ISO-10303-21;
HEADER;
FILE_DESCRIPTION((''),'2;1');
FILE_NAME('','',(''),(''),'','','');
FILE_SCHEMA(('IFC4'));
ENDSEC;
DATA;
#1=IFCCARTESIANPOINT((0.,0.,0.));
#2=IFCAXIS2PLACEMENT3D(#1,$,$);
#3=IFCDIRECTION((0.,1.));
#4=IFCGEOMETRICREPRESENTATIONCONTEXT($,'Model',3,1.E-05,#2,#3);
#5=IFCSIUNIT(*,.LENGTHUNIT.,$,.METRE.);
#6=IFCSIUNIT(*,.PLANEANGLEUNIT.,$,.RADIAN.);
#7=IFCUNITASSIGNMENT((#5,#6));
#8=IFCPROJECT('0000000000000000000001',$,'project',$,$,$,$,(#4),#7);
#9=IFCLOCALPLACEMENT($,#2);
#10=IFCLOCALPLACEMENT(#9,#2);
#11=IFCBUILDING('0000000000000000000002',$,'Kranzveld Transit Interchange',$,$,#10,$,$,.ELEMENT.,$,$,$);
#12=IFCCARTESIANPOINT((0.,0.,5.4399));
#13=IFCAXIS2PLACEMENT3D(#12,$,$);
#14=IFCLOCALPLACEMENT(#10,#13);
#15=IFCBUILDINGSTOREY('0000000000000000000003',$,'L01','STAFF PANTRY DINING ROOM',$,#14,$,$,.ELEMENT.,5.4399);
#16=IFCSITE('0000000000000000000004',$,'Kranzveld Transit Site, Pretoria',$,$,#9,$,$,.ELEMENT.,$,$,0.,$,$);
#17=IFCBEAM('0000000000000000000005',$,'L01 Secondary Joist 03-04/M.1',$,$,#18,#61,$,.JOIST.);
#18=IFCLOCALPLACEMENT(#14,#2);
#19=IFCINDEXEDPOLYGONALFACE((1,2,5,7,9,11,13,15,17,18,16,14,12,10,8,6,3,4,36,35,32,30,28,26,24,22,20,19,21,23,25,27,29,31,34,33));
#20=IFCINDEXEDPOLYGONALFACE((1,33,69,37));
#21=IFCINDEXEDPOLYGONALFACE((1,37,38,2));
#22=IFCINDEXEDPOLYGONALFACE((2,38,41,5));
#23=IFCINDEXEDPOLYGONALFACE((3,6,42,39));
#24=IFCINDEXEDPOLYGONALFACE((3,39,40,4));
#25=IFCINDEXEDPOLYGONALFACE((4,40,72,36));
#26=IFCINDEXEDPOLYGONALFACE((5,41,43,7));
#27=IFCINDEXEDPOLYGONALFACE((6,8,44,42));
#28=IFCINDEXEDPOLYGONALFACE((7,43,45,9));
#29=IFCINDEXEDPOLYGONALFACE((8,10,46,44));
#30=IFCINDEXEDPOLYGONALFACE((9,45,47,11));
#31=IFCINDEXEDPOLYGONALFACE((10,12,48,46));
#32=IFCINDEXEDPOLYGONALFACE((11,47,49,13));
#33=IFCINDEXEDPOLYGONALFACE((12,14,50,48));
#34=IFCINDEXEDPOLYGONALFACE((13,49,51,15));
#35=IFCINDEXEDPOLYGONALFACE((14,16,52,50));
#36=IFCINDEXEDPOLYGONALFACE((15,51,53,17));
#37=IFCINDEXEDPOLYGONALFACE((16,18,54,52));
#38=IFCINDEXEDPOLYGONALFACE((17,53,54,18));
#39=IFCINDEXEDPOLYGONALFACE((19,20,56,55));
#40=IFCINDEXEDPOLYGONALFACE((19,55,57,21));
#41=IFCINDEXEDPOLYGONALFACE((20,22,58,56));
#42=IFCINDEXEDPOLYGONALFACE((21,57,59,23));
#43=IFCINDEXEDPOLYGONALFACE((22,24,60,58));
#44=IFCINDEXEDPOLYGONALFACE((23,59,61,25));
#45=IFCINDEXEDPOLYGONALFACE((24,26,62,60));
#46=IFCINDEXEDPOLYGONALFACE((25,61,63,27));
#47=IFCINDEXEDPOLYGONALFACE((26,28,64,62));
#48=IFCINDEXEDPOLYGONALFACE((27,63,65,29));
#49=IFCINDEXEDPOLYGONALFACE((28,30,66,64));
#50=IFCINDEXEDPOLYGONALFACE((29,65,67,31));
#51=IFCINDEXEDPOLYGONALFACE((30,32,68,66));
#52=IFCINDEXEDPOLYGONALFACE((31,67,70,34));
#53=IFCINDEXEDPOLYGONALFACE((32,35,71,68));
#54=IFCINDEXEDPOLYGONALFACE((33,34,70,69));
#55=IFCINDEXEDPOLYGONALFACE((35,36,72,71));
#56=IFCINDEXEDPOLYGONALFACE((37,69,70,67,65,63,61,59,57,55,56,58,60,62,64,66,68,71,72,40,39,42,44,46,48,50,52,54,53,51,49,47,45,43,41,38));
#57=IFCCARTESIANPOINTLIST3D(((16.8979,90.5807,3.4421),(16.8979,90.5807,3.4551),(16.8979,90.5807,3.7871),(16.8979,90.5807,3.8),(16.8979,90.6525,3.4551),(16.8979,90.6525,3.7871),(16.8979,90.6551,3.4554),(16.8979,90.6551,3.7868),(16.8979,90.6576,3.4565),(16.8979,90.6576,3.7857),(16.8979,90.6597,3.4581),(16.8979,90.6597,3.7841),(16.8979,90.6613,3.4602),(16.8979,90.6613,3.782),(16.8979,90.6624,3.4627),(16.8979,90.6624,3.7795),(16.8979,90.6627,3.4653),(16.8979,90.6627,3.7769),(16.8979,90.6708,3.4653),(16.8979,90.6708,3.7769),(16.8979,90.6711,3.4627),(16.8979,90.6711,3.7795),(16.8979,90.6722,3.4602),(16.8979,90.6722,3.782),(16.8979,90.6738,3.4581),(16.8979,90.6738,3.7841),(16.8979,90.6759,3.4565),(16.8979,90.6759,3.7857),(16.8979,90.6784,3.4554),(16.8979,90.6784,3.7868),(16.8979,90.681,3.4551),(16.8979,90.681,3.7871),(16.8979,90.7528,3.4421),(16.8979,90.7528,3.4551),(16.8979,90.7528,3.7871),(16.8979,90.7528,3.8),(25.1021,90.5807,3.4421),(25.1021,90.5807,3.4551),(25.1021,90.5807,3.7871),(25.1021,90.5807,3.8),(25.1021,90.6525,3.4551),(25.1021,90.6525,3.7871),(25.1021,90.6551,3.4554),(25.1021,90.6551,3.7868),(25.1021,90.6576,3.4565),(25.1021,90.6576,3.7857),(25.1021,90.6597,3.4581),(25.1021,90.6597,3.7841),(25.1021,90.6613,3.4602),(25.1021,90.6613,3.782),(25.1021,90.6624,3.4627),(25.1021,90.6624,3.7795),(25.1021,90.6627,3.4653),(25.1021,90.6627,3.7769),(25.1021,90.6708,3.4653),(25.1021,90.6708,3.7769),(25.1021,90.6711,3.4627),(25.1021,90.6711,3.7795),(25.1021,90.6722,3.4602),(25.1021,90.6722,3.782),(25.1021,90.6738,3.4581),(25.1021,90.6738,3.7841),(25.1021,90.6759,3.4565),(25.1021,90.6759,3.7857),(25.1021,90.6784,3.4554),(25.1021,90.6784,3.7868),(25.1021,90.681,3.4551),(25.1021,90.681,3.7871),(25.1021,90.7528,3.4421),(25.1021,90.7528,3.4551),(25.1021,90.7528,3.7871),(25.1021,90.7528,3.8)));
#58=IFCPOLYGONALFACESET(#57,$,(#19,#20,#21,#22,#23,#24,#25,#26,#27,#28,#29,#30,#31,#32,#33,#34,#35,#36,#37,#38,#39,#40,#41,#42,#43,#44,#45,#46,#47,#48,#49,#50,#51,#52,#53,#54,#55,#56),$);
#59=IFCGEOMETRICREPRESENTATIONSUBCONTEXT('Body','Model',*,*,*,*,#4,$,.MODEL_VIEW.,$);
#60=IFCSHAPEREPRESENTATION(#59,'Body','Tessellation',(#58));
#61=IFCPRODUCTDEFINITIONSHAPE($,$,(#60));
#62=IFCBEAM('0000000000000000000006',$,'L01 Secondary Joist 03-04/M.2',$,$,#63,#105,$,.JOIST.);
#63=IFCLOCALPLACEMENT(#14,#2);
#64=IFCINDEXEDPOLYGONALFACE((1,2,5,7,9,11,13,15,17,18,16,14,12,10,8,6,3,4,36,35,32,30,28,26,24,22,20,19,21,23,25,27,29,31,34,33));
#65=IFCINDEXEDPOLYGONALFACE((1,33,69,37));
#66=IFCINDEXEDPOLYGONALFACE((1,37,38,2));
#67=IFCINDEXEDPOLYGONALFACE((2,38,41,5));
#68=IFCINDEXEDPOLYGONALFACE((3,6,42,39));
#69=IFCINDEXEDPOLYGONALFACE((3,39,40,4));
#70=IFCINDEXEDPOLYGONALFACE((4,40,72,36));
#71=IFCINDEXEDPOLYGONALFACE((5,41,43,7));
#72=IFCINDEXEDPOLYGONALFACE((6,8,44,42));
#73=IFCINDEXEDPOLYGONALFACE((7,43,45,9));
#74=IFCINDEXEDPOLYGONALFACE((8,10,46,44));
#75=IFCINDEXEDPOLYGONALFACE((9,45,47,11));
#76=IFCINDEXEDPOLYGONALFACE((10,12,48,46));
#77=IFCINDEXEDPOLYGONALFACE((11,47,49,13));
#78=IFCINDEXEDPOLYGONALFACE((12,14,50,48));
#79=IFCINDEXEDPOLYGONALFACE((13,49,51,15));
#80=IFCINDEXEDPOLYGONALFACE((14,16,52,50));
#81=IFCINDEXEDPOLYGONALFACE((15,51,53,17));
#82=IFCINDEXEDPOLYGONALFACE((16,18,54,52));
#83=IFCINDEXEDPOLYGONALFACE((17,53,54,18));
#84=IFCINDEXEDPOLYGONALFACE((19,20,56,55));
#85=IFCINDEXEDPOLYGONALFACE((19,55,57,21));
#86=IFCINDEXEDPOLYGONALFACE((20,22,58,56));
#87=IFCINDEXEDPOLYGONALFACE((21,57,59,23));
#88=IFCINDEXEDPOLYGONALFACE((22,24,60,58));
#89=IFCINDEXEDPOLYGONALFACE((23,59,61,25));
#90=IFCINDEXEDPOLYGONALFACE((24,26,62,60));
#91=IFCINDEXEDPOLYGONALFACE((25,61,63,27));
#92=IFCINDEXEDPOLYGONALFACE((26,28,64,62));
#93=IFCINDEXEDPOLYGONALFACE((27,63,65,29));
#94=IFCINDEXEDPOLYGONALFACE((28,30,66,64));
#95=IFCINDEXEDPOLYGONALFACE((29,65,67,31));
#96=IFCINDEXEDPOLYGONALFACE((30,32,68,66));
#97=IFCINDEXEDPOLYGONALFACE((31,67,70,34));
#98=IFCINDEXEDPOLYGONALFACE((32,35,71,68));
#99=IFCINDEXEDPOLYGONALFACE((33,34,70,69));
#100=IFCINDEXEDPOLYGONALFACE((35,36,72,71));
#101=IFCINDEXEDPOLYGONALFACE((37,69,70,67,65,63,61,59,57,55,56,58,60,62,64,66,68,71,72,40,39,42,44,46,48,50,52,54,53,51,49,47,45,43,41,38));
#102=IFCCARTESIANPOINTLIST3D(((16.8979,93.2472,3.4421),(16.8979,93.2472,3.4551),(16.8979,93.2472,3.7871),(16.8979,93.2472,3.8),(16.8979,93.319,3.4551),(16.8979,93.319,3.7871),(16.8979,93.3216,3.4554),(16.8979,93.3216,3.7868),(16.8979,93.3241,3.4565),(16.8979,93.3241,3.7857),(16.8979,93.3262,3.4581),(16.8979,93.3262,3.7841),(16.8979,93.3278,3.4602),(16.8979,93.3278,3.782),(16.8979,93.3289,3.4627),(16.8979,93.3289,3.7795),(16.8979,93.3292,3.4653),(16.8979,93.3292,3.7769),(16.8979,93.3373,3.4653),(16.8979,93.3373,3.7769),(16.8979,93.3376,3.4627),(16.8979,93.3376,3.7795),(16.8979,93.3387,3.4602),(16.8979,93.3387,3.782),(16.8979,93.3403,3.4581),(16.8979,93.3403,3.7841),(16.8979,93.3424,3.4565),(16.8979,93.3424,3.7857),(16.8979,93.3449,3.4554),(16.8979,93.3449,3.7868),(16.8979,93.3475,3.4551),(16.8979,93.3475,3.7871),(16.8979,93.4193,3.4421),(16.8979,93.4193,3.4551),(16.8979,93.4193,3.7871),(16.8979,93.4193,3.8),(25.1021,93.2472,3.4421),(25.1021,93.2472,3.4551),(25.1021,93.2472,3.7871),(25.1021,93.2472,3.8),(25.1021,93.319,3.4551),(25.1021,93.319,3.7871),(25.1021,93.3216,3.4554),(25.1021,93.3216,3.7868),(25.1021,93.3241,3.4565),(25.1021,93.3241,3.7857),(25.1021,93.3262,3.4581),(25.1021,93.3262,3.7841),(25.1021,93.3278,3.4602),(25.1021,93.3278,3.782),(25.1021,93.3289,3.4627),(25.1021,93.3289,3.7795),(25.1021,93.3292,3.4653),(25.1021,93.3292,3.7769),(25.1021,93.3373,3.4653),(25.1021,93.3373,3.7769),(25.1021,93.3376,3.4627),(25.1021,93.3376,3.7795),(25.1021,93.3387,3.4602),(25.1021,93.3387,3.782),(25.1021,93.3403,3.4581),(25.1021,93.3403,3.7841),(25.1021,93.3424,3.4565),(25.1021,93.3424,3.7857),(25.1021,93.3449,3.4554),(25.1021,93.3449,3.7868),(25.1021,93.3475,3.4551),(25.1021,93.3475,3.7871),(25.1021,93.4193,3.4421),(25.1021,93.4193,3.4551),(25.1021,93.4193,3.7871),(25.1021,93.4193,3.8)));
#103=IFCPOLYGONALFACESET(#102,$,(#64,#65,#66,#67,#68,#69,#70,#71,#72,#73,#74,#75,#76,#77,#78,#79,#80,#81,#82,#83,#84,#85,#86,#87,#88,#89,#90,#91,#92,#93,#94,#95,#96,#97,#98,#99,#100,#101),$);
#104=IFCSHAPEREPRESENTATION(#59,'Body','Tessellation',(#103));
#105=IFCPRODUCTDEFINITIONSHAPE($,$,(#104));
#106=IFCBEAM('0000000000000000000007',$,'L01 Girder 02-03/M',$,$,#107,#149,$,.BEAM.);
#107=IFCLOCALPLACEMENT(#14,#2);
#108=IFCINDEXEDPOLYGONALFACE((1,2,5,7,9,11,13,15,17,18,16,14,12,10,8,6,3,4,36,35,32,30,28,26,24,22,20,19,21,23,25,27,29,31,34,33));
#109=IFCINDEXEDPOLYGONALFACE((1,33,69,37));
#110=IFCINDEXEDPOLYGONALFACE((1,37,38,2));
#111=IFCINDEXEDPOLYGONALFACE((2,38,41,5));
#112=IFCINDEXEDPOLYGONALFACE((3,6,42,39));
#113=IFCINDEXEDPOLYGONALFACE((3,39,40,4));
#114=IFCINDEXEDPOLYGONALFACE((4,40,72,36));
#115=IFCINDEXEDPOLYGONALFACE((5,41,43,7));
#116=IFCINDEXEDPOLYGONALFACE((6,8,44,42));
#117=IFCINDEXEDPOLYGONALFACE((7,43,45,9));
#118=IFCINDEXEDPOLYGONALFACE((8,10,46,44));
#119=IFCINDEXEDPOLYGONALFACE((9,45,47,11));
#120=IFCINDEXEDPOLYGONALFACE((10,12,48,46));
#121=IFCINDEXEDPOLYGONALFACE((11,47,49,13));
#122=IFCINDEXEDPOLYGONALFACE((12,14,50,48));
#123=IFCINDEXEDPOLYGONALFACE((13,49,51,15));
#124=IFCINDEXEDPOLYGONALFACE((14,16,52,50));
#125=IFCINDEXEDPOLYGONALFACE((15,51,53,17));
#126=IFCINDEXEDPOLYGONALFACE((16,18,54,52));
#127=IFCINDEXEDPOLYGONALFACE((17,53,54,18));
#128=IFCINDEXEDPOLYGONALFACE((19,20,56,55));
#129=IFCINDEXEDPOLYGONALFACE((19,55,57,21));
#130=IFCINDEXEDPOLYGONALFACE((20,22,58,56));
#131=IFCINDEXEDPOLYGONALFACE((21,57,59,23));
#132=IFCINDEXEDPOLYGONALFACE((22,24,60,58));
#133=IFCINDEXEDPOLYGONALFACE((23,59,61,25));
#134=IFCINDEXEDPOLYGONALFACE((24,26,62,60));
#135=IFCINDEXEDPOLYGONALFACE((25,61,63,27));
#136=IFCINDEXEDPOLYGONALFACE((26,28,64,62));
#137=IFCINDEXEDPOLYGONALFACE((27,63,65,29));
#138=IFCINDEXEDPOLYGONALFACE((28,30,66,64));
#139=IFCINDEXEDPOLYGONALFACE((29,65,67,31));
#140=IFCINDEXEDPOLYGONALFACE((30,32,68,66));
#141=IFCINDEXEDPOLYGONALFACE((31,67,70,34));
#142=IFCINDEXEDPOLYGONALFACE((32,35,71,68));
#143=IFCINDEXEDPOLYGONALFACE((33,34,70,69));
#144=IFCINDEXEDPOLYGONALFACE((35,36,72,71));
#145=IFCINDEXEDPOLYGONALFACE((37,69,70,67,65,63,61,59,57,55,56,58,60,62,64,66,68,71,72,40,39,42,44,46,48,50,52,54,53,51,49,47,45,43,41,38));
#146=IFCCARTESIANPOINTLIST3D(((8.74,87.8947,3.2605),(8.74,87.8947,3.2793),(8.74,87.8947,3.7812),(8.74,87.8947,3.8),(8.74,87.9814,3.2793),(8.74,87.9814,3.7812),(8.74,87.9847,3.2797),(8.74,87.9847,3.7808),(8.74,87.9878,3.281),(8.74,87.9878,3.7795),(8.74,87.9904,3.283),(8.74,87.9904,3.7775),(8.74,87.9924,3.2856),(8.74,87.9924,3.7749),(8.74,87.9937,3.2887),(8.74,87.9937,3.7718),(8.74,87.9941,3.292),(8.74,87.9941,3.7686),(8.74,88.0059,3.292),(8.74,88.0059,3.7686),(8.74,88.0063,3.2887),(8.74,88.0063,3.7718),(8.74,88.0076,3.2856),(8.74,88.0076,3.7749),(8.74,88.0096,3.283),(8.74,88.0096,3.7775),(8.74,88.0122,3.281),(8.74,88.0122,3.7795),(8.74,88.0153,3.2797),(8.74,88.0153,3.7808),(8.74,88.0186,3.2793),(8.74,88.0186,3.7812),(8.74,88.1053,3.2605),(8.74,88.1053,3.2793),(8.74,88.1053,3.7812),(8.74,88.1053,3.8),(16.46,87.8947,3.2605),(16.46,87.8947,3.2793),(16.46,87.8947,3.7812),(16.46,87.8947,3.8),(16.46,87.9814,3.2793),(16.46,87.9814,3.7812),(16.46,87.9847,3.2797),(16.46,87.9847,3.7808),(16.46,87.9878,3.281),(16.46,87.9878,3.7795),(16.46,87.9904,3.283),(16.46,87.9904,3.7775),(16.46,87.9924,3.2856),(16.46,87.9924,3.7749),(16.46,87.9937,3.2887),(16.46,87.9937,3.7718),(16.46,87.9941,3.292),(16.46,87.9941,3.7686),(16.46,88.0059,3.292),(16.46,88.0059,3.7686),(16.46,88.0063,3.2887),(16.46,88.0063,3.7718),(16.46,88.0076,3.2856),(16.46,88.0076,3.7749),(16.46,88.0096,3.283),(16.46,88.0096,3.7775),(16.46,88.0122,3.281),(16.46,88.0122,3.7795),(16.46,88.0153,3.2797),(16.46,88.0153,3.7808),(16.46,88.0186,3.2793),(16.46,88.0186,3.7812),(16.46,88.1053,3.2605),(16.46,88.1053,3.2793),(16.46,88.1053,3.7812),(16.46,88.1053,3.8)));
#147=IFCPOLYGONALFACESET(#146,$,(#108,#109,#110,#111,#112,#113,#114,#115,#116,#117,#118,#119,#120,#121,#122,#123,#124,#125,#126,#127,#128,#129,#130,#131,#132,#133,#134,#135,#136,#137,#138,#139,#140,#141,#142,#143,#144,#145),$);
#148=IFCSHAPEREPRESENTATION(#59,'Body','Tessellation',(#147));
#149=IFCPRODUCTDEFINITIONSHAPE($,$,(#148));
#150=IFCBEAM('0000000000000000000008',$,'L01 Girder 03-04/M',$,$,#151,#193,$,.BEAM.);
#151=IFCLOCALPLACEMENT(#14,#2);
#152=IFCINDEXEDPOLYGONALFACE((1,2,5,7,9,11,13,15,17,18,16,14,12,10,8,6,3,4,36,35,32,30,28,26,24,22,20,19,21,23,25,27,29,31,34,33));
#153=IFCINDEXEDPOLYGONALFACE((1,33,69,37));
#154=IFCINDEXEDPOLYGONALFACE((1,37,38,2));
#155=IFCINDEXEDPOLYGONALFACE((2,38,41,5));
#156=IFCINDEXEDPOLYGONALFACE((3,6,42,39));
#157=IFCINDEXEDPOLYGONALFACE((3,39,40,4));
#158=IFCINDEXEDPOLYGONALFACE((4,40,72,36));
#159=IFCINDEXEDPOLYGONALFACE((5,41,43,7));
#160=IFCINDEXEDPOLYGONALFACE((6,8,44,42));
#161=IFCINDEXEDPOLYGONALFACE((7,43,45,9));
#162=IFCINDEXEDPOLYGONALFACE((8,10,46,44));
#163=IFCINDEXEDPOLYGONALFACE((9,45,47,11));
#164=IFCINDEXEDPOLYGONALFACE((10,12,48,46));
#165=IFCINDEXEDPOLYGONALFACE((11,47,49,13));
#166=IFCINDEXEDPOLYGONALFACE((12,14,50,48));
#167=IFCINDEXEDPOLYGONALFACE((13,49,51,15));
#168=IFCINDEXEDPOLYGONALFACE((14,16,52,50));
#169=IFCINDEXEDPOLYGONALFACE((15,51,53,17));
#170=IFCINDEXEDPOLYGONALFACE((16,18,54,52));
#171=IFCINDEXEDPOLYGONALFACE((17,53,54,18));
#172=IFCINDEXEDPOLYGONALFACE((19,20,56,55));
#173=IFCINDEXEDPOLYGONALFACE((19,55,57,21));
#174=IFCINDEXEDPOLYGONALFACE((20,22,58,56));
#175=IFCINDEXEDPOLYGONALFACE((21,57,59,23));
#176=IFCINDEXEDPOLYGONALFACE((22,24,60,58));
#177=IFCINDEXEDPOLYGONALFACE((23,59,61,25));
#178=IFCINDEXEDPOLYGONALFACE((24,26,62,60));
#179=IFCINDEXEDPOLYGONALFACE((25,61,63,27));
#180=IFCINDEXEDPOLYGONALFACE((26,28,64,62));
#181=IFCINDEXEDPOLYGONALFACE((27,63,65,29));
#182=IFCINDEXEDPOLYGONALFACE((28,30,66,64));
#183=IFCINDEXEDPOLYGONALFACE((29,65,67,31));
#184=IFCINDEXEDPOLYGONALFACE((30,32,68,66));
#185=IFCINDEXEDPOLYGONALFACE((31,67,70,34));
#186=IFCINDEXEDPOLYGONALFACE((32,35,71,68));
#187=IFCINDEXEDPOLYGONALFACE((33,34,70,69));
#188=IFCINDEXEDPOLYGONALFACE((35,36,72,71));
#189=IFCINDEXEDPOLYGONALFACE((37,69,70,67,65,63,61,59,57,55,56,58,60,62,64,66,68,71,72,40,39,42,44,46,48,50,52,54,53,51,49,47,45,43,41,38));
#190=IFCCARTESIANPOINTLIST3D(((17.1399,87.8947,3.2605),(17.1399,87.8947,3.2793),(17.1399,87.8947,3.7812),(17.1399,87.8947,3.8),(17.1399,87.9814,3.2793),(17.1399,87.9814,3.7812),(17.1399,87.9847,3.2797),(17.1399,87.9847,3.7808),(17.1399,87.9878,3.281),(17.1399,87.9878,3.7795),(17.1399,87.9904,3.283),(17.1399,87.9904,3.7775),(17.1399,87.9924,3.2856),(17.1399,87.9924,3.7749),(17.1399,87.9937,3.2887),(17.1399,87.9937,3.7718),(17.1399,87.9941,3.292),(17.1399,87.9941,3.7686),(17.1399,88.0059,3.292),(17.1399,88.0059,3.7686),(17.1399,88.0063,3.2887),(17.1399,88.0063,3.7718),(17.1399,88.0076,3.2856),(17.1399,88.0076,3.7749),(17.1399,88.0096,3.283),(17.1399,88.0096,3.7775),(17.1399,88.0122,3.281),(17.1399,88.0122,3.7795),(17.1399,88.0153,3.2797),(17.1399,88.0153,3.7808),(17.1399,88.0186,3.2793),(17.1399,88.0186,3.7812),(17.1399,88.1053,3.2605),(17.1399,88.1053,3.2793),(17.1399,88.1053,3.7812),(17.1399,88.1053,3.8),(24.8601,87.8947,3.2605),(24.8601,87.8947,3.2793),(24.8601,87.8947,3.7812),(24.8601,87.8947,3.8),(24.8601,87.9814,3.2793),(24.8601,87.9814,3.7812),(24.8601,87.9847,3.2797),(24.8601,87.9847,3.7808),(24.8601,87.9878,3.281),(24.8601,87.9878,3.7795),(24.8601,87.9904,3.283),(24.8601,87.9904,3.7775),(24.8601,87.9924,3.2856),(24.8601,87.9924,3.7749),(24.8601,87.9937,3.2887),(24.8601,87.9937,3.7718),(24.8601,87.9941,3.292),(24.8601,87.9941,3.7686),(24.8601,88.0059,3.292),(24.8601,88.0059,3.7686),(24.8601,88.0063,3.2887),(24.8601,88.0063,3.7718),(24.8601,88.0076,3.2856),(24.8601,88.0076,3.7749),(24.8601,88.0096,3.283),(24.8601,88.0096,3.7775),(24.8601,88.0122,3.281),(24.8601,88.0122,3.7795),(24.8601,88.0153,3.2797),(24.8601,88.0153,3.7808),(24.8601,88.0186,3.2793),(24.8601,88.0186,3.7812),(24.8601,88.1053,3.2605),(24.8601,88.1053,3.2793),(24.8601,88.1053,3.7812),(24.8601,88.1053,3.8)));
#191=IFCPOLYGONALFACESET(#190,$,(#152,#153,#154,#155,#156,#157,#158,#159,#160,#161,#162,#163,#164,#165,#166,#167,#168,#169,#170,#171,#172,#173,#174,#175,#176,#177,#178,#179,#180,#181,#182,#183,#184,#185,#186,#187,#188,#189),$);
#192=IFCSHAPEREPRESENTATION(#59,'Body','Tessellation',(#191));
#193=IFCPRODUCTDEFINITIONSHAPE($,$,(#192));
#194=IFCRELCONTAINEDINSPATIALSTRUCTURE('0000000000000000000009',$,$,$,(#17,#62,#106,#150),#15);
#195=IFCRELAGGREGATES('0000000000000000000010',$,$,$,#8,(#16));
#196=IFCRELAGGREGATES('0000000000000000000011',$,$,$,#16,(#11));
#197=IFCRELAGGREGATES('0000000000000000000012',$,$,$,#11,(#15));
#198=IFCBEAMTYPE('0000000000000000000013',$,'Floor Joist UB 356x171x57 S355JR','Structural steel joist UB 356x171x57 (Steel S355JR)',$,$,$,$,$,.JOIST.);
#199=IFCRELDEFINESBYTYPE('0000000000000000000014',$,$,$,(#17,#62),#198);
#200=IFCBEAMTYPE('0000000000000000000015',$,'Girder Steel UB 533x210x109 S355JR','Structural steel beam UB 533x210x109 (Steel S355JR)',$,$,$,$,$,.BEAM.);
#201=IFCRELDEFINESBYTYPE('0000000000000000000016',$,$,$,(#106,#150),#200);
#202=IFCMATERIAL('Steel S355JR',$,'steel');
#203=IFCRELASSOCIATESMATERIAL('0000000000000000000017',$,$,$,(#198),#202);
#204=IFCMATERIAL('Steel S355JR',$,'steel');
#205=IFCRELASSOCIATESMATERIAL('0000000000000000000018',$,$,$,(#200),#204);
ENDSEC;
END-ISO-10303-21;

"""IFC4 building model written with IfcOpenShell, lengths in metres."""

from ifc_helpers import new_model, si_unit, direction, frame, origin, origin_2d, place, context, subcontext, project, spatial, i_section, extrude, material, material_profile, profile_set, type_object, element, save


model = new_model("IFC4")

# Units and contexts
model_context = context("Model", 3, precision=1e-05, world=origin(), true_north=direction((0.0, 1.0)))
body_context = subcontext(model_context, "Body", "Model", "MODEL_VIEW")
ifc_project = project(units=[si_unit("LENGTHUNIT", "METRE"), si_unit("PLANEANGLEUNIT", "RADIAN")], contexts=[model_context])

# Site, building, storey
site_placement = place(None, origin())
site = spatial("IfcSite", under=ifc_project, at=site_placement, Name="Kranzveld Transit Site, Pretoria", CompositionType="ELEMENT", RefElevation=0.0)
building_placement = place(site_placement, origin())
building = spatial("IfcBuilding", under=site, at=building_placement, Name="Kranzveld Transit Interchange", CompositionType="ELEMENT")
storey_placement = place(building_placement, frame((0.0, 0.0, 5.4399)))
storey = spatial("IfcBuildingStorey", under=building, at=storey_placement, Name="L01", Description="STAFF PANTRY DINING ROOM", CompositionType="ELEMENT", Elevation=5.4399)

# Beams
ifc_material_1 = material(Name="Steel S355JR", Category="steel")
ifc_material_profile_1 = material_profile(ifc_material_1, i_section(OverallWidth=0.1721, OverallDepth=0.3579, WebThickness=0.0081, FlangeThickness=0.0129, FilletRadius=0.0103, at=origin_2d()), Name="UB 356x171x57")
ifc_profile_set_1 = profile_set([ifc_material_profile_1], Name="Steel S355JR")
beam_type_1 = type_object("IfcBeamType", Name="Floor Joist UB 356x171x57 S355JR", Description="Structural steel joist UB 356x171x57 (Steel S355JR)", PredefinedType="JOIST", material=ifc_profile_set_1)
for number, where, z_axis, x_axis, name in (
    (1, (16.8979, 90.6667, 3.6211), (1.0, 0.0, 0.0), (0.0, 1.0, 0.0), "L01 Secondary Joist 03-04/M.1"),
    (2, (16.8979, 93.3333, 3.6211), (1.0, 0.0, 0.0), (0.0, 1.0, 0.0), "L01 Secondary Joist 03-04/M.2"),
):
    element("IfcBeam", number, at=place(storey_placement, frame(where, z_axis=z_axis, x_axis=x_axis)), inside=storey, type_object=beam_type_1, Name=name, PredefinedType="JOIST", context=body_context, shape_type="SweptSolid", body=[
        extrude(i_section(OverallWidth=0.1721, OverallDepth=0.3579, WebThickness=0.0081, FlangeThickness=0.0129, FilletRadius=0.0103, at=origin_2d()), origin(), (0.0, 0.0, 1.0), 8.2041),
    ])
ifc_material_2 = material(Name="Steel S355JR", Category="steel")
ifc_material_profile_2 = material_profile(ifc_material_2, i_section(OverallWidth=0.2107, OverallDepth=0.5396, WebThickness=0.0117, FlangeThickness=0.0188, FilletRadius=0.0127, at=origin_2d()), Name="UB 533x210x109")
ifc_profile_set_2 = profile_set([ifc_material_profile_2], Name="Steel S355JR")
beam_type_2 = type_object("IfcBeamType", Name="Girder Steel UB 533x210x109 S355JR", Description="Structural steel beam UB 533x210x109 (Steel S355JR)", PredefinedType="BEAM", material=ifc_profile_set_2)
beam_1_placement = place(storey_placement, frame((8.74, 88.0, 3.5303), z_axis=(1.0, 0.0, 0.0), x_axis=(0.0, 1.0, 0.0)))
element("IfcBeam", 3, at=beam_1_placement, inside=storey, type_object=beam_type_2, Name="L01 Girder 02-03/M", PredefinedType="BEAM", context=body_context, shape_type="SweptSolid", body=[
    extrude(i_section(OverallWidth=0.2107, OverallDepth=0.5396, WebThickness=0.0117, FlangeThickness=0.0188, FilletRadius=0.0127, at=origin_2d()), origin(), (0.0, 0.0, 1.0), 7.72),
])
beam_2_placement = place(storey_placement, frame((17.1399, 88.0, 3.5303), z_axis=(1.0, 0.0, 0.0), x_axis=(0.0, 1.0, 0.0)))
element("IfcBeam", 4, at=beam_2_placement, inside=storey, type_object=beam_type_2, Name="L01 Girder 03-04/M", PredefinedType="BEAM", context=body_context, shape_type="SweptSolid", body=[
    extrude(i_section(OverallWidth=0.2107, OverallDepth=0.5396, WebThickness=0.0117, FlangeThickness=0.0188, FilletRadius=0.0127, at=origin_2d()), origin(), (0.0, 0.0, 1.0), 7.7202),
])

save(model, "model.ifc")
